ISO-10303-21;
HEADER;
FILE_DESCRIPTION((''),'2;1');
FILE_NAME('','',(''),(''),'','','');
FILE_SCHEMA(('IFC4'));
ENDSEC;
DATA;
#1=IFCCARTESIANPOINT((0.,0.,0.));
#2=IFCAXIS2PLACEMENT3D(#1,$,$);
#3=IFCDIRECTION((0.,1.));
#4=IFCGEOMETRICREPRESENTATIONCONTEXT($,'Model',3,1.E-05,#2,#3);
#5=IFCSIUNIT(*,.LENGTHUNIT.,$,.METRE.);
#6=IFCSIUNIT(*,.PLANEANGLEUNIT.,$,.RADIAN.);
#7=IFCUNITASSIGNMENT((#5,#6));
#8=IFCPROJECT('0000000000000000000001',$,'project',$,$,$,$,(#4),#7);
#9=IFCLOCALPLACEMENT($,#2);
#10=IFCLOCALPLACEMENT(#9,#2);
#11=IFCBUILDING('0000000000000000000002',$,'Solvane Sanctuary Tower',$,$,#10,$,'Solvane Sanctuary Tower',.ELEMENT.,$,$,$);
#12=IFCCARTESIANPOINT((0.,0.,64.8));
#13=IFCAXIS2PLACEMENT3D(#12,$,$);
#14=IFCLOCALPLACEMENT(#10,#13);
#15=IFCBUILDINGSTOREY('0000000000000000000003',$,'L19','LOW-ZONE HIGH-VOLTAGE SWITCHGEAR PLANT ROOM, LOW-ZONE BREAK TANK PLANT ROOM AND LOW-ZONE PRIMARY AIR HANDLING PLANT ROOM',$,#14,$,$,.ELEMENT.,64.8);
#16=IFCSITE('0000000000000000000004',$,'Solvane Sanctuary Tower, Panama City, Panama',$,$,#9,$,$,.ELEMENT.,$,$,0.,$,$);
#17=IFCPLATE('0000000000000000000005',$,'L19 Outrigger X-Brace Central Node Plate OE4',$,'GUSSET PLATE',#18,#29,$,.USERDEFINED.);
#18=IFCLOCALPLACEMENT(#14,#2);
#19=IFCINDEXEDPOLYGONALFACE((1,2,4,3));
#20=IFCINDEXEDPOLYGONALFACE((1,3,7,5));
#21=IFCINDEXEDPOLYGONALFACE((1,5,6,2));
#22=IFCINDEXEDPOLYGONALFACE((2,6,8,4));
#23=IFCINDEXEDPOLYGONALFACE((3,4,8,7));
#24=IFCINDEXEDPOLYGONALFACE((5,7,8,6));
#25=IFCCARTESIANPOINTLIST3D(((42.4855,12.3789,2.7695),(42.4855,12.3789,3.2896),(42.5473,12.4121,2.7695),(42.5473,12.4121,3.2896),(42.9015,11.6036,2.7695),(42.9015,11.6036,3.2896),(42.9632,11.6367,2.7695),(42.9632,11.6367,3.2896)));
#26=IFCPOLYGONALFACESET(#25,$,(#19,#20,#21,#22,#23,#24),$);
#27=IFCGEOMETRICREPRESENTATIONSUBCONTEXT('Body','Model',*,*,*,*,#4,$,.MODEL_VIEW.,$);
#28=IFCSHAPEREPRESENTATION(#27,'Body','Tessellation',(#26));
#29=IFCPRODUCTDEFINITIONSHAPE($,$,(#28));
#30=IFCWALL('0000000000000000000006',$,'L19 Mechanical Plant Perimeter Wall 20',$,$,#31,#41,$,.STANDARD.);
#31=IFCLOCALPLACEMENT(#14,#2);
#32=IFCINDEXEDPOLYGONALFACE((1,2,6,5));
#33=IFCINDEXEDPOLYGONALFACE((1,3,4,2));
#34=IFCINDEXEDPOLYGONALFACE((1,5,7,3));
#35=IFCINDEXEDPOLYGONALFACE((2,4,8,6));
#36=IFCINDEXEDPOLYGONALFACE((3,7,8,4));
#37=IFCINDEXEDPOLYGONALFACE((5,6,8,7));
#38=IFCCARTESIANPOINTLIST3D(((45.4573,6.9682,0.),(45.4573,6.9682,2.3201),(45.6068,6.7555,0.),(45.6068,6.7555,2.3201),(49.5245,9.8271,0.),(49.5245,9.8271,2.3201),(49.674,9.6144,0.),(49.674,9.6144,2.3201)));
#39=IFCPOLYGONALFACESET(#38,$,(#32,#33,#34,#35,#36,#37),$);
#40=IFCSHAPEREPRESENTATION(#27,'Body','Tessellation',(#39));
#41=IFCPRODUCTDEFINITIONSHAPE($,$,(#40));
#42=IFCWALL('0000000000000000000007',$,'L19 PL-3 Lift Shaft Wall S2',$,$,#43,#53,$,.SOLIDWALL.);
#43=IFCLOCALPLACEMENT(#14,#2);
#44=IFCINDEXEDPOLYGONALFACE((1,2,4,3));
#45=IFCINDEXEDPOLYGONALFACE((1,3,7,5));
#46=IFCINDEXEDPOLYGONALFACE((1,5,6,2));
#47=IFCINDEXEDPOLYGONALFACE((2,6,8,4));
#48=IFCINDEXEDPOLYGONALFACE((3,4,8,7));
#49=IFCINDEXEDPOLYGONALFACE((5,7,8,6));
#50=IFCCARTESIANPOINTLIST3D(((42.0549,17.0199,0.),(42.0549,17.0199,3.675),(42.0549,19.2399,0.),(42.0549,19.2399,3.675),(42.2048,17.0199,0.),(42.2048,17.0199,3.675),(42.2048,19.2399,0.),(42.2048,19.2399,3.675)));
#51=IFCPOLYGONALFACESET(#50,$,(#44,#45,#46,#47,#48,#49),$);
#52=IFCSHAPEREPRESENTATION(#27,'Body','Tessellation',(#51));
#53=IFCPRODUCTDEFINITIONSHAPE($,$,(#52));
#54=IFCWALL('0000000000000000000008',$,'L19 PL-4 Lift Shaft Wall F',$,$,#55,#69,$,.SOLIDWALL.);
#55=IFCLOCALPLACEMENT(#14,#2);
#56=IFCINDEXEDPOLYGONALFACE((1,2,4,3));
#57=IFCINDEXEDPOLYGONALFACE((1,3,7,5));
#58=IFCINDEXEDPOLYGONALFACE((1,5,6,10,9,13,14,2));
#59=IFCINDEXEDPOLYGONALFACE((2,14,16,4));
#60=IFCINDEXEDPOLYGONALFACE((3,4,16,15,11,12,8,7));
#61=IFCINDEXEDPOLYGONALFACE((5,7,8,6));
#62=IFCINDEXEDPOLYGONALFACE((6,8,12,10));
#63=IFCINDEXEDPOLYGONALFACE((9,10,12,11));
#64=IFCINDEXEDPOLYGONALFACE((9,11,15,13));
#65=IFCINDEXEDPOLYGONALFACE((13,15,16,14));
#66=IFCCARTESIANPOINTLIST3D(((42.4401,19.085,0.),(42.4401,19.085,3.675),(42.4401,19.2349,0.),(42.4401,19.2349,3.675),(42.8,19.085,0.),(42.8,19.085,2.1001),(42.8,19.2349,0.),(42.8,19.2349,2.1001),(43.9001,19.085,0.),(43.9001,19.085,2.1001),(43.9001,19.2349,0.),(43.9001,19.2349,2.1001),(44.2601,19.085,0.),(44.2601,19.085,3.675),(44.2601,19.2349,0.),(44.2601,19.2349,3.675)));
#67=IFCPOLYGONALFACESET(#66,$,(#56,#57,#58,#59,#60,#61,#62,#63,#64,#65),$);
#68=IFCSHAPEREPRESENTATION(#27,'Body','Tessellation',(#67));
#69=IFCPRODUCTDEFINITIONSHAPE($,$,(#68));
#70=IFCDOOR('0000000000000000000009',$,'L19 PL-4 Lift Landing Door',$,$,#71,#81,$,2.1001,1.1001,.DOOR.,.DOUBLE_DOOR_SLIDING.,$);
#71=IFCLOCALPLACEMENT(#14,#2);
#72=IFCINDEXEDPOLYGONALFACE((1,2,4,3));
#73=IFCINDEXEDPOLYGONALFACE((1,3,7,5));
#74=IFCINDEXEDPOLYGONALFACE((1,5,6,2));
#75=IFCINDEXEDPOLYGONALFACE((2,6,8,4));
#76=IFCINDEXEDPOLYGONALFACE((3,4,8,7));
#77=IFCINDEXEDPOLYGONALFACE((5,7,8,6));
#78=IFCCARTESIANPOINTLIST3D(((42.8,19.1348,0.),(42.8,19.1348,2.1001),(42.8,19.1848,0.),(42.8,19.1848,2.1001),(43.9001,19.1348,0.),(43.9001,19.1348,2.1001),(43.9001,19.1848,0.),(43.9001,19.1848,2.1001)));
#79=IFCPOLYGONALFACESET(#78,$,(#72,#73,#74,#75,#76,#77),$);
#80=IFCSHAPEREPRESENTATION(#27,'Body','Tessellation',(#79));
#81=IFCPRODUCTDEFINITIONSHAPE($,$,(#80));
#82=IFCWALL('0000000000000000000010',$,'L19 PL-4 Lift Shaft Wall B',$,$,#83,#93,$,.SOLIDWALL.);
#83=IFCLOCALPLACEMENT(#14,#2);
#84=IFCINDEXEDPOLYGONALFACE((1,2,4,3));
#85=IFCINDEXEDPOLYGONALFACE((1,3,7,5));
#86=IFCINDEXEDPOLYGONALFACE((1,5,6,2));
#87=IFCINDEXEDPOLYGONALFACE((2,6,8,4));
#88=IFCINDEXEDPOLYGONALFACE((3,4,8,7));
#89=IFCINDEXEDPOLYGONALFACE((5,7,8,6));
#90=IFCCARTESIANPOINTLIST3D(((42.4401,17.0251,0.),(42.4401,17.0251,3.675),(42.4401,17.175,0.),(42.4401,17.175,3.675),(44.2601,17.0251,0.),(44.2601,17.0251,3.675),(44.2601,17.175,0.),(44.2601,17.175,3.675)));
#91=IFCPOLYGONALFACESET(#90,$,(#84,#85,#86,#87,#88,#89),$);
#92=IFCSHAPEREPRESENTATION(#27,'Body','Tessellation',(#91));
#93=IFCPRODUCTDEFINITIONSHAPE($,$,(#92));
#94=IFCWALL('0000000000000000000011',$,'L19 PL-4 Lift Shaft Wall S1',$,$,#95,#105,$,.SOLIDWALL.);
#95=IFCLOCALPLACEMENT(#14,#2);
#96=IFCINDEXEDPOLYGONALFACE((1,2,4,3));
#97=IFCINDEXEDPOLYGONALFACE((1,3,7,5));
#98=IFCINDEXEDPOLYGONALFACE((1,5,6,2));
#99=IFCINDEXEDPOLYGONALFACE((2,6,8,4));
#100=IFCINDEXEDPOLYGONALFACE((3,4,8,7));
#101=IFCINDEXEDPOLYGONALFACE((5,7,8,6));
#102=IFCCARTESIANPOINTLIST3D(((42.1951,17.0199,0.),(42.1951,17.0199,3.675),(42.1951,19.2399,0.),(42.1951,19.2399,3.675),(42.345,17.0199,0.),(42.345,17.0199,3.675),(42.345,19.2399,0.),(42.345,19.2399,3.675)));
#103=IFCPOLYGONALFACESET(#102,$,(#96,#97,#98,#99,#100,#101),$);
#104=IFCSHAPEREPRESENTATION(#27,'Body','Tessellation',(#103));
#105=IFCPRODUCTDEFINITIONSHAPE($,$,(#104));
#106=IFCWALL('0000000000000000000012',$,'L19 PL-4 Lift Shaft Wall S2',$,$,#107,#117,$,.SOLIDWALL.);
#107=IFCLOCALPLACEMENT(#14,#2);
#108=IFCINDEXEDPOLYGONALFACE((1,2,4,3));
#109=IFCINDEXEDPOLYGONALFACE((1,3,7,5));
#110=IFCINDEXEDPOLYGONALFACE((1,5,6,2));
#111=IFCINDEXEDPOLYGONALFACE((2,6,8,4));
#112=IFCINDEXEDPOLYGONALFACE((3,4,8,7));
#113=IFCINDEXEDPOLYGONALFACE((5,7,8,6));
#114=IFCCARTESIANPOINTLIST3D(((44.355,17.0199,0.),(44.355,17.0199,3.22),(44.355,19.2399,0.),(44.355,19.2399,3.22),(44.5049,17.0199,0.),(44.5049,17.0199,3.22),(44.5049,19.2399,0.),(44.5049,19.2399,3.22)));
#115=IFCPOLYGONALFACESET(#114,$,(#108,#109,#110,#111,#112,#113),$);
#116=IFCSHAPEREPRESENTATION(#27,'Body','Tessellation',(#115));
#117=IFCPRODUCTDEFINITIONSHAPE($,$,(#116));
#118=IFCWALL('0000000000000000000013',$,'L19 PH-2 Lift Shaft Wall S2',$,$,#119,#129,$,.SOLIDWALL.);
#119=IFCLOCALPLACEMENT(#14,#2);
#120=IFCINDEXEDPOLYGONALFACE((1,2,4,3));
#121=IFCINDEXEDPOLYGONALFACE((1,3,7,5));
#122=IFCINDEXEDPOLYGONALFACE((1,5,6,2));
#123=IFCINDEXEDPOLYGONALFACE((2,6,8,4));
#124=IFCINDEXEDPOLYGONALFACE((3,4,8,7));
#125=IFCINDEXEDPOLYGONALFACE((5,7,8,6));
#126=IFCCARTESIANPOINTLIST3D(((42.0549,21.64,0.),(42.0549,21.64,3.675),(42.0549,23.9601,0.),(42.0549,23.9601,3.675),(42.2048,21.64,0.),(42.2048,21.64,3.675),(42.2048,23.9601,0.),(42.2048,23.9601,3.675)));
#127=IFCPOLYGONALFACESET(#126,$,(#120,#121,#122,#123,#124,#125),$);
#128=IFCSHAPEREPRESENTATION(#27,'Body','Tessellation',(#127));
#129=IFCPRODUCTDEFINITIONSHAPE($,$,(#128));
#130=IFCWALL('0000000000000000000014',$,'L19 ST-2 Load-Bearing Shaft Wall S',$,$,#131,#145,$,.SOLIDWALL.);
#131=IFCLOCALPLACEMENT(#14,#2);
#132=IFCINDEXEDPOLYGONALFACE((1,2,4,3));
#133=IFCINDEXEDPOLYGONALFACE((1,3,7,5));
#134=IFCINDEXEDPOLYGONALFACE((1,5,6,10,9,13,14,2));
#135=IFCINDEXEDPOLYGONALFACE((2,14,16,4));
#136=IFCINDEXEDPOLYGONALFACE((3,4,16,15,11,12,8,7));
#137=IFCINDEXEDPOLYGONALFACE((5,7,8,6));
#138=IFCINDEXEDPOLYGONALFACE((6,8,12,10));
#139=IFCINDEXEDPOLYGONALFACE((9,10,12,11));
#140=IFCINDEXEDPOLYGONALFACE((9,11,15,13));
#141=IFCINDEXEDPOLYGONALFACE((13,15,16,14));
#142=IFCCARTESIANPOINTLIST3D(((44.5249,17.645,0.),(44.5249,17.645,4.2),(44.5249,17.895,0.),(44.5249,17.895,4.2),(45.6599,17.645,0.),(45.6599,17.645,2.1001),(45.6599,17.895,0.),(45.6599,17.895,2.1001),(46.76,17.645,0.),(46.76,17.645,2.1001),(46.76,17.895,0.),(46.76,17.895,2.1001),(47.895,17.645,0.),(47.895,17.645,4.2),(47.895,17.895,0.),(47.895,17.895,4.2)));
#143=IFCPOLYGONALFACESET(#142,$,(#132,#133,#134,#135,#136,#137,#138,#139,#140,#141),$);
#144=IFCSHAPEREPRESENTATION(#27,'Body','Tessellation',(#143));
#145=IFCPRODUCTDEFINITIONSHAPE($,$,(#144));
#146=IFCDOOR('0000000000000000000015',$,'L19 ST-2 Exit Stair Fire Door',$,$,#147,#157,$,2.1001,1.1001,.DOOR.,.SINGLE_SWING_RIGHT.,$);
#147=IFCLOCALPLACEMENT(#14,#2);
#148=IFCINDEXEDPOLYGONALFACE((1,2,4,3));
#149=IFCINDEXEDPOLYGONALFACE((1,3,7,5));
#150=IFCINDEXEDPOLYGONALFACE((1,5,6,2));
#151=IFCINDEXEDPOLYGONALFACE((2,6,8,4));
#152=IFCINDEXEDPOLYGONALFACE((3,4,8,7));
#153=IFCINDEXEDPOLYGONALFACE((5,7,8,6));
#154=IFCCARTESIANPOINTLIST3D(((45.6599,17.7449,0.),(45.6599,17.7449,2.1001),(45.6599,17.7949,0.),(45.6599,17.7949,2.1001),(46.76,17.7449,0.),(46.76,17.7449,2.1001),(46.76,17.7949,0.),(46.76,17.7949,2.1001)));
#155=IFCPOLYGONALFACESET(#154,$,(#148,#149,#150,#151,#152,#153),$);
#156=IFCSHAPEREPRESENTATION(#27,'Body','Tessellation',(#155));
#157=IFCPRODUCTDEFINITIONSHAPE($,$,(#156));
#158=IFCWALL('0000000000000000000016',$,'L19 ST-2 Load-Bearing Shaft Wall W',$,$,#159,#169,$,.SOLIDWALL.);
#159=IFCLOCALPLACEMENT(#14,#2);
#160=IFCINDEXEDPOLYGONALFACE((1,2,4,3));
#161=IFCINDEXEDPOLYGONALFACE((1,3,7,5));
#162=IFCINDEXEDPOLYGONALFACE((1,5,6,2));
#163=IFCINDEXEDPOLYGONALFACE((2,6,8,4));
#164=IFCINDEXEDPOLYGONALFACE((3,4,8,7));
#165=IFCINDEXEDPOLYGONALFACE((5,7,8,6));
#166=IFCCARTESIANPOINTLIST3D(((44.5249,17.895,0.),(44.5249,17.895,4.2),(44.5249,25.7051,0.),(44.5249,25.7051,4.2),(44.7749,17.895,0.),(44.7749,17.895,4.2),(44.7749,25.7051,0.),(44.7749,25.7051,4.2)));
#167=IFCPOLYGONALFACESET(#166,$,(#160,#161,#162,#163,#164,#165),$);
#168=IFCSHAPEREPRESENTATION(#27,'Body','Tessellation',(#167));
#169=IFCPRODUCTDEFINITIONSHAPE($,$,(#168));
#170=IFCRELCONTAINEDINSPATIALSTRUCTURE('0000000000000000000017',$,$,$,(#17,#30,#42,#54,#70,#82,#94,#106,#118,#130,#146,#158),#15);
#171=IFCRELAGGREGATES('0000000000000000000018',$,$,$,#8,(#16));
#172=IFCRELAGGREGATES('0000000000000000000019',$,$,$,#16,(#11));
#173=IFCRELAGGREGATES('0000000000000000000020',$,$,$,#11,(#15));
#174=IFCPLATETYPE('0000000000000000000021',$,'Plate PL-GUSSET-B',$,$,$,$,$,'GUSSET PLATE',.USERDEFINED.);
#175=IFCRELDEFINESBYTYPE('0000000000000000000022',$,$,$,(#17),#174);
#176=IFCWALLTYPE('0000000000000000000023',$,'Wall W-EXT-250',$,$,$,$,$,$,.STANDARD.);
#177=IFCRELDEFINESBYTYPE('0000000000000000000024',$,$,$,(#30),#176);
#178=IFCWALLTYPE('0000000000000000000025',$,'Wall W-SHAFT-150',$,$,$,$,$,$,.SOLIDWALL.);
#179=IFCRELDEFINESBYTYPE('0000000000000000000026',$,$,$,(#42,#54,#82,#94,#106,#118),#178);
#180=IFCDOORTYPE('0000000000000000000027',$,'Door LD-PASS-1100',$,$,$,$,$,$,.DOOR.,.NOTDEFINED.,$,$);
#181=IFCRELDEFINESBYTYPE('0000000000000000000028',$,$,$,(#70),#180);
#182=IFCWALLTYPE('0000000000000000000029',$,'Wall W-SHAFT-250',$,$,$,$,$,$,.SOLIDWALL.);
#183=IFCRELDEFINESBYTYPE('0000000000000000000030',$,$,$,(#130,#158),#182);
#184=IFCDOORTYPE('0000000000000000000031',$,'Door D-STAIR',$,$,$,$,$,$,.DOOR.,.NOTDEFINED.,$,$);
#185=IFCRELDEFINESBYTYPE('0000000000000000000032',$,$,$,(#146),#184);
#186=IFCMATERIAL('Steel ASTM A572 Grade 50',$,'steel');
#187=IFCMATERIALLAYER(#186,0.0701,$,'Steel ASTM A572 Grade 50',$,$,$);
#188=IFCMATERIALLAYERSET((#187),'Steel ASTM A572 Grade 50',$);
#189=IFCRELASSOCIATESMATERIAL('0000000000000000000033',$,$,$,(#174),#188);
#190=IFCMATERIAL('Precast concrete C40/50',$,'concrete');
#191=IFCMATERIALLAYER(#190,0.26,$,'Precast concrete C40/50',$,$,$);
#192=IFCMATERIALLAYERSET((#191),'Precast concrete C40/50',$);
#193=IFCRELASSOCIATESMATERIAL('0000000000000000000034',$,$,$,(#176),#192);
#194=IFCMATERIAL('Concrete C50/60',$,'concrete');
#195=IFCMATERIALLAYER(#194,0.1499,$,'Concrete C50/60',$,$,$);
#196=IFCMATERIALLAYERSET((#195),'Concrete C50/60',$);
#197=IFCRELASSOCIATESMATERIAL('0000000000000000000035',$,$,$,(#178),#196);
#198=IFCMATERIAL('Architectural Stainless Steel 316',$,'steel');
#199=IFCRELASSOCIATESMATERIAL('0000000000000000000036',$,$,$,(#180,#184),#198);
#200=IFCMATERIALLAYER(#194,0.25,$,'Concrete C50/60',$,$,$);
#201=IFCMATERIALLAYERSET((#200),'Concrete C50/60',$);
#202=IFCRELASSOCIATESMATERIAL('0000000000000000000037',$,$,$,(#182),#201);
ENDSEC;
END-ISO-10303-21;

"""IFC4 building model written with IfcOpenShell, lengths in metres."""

from ifc_helpers import new_model, si_unit, direction, frame, frame_2d, origin, origin_2d, place, context, subcontext, project, spatial, rectangle, extrude, material, layer, layer_set, type_object, element, fill, save


model = new_model("IFC4")

# Units and contexts
model_context = context("Model", 3, precision=1e-05, world=origin(), true_north=direction((0.0, 1.0)))
body_context = subcontext(model_context, "Body", "Model", "MODEL_VIEW")
ifc_project = project(units=[si_unit("LENGTHUNIT", "METRE"), si_unit("PLANEANGLEUNIT", "RADIAN")], contexts=[model_context])

# Site, building, storey
site_placement = place(None, origin())
site = spatial("IfcSite", under=ifc_project, at=site_placement, Name="Solvane Sanctuary Tower, Panama City, Panama", CompositionType="ELEMENT", RefElevation=0.0)
building_placement = place(site_placement, origin())
building = spatial("IfcBuilding", under=site, at=building_placement, Name="Solvane Sanctuary Tower", LongName="Solvane Sanctuary Tower", CompositionType="ELEMENT")
storey_placement = place(building_placement, frame((0.0, 0.0, 64.8)))
storey = spatial("IfcBuildingStorey", under=building, at=storey_placement, Name="L19", Description="LOW-ZONE HIGH-VOLTAGE SWITCHGEAR PLANT ROOM, LOW-ZONE BREAK TANK PLANT ROOM AND LOW-ZONE PRIMARY AIR HANDLING PLANT ROOM", CompositionType="ELEMENT", Elevation=64.8)

# Plate
ifc_material_1 = material(Name="Steel ASTM A572 Grade 50", Category="steel")
ifc_layer_1 = layer(ifc_material_1, 0.0701, Name="Steel ASTM A572 Grade 50")
ifc_layer_set_1 = layer_set([ifc_layer_1], Name="Steel ASTM A572 Grade 50")
plate_type = type_object("IfcPlateType", Name="Plate PL-GUSSET-B", ElementType="GUSSET PLATE", PredefinedType="USERDEFINED", material=ifc_layer_set_1)
plate_placement = place(storey_placement, frame((42.7244, 12.0078, 2.7695), z_axis=(0.0, 0.0, 1.0), x_axis=(0.472705, -0.881221, 0.0)))
element("IfcPlate", 1, at=plate_placement, inside=storey, type_object=plate_type, Name="L19 Outrigger X-Brace Central Node Plate OE4", ObjectType="GUSSET PLATE", PredefinedType="USERDEFINED", context=body_context, shape_type="SweptSolid", body=[
    extrude(rectangle(XDim=0.8799, YDim=0.0701, at=origin_2d()), origin(), (0.0, 0.0, 1.0), 0.52),
])

# Walls
ifc_material_2 = material(Name="Precast concrete C40/50", Category="concrete")
ifc_layer_2 = layer(ifc_material_2, 0.26, Name="Precast concrete C40/50")
ifc_layer_set_2 = layer_set([ifc_layer_2], Name="Precast concrete C40/50")
wall_type_1 = type_object("IfcWallType", Name="Wall W-EXT-250", PredefinedType="STANDARD", material=ifc_layer_set_2)
wall_1_placement = place(storey_placement, frame((45.532, 6.8618, 0.0), z_axis=(0.0, 0.0, 1.0), x_axis=(0.818107, 0.575066, 0.0)))
element("IfcWall", 2, at=wall_1_placement, inside=storey, type_object=wall_type_1, Name="L19 Mechanical Plant Perimeter Wall 20", PredefinedType="STANDARD", context=body_context, shape_type="SweptSolid", body=[
    extrude(rectangle(XDim=4.9714, YDim=0.26, at=frame_2d((2.4858, 0.0))), origin(), (0.0, 0.0, 1.0), 2.3201),
])
ifc_material_3 = material(Name="Concrete C50/60", Category="concrete")
ifc_layer_3 = layer(ifc_material_3, 0.1499, Name="Concrete C50/60")
ifc_layer_set_3 = layer_set([ifc_layer_3], Name="Concrete C50/60")
wall_type_2 = type_object("IfcWallType", Name="Wall W-SHAFT-150", PredefinedType="SOLIDWALL", material=ifc_layer_set_3)
wall_2_placement = place(storey_placement, frame((42.1299, 17.02, 0.0), z_axis=(0.0, 0.0, 1.0), x_axis=(0.0, 1.0, 0.0)))
element("IfcWall", 3, at=wall_2_placement, inside=storey, type_object=wall_type_2, Name="L19 PL-3 Lift Shaft Wall S2", PredefinedType="SOLIDWALL", context=body_context, shape_type="SweptSolid", body=[
    extrude(rectangle(XDim=2.22, YDim=0.1499, at=frame_2d((1.1099, 0.0))), origin(), (0.0, 0.0, 1.0), 3.675),
])

# Wall, opening, door
wall_3_placement = place(storey_placement, frame((42.4399, 19.1599, 0.0), z_axis=(0.0, 0.0, 1.0), x_axis=(1.0, 0.0, 0.0)))
wall_3 = element("IfcWall", 4, at=wall_3_placement, inside=storey, type_object=wall_type_2, Name="L19 PL-4 Lift Shaft Wall F", PredefinedType="SOLIDWALL", context=body_context, shape_type="SweptSolid", body=[
    extrude(rectangle(XDim=1.8201, YDim=0.1499, at=frame_2d((0.9102, 0.0))), origin(), (0.0, 0.0, 1.0), 3.675),
])
opening_1_placement = place(wall_3_placement, frame((0.3601, 0.0, 0.0)))
opening_1 = element("IfcOpeningElement", 5, at=opening_1_placement, cuts=wall_3, PredefinedType="OPENING", context=body_context, shape_type="SweptSolid", body=[
    extrude(rectangle(XDim=1.1001, YDim=2.1001, at=frame_2d((0.55, 1.05))), frame((0.0, 0.085, 0.0), z_axis=(0.0, -1.0, 0.0), x_axis=(1.0, 0.0, 0.0)), (0.0, 0.0, 1.0), 0.1699),
])
ifc_material_4 = material(Name="Architectural Stainless Steel 316", Category="steel")
door_type_1 = type_object("IfcDoorType", Name="Door LD-PASS-1100", OperationType="NOTDEFINED", PredefinedType="DOOR", material=ifc_material_4)
door_1_placement = place(opening_1_placement, origin())
door_1 = element("IfcDoor", 6, at=door_1_placement, inside=storey, type_object=door_type_1, Name="L19 PL-4 Lift Landing Door", OperationType="DOUBLE_DOOR_SLIDING", OverallHeight=2.1001, OverallWidth=1.1001, PredefinedType="DOOR", context=body_context, shape_type="SweptSolid", body=[
    extrude(rectangle(XDim=1.1001, YDim=2.1001, at=frame_2d((0.55, 1.05))), frame((0.0, 0.0249, 0.0), z_axis=(0.0, -1.0, 0.0), x_axis=(1.0, 0.0, 0.0)), (0.0, 0.0, 1.0), 0.05),
])
fill(opening_1, door_1)

# Walls
wall_4_placement = place(storey_placement, frame((42.4399, 17.1001, 0.0), z_axis=(0.0, 0.0, 1.0), x_axis=(1.0, 0.0, 0.0)))
element("IfcWall", 7, at=wall_4_placement, inside=storey, type_object=wall_type_2, Name="L19 PL-4 Lift Shaft Wall B", PredefinedType="SOLIDWALL", context=body_context, shape_type="SweptSolid", body=[
    extrude(rectangle(XDim=1.8201, YDim=0.1499, at=frame_2d((0.9102, 0.0))), origin(), (0.0, 0.0, 1.0), 3.675),
])
wall_5_placement = place(storey_placement, frame((42.27, 17.02, 0.0), z_axis=(0.0, 0.0, 1.0), x_axis=(0.0, 1.0, 0.0)))
element("IfcWall", 8, at=wall_5_placement, inside=storey, type_object=wall_type_2, Name="L19 PL-4 Lift Shaft Wall S1", PredefinedType="SOLIDWALL", context=body_context, shape_type="SweptSolid", body=[
    extrude(rectangle(XDim=2.22, YDim=0.1499, at=frame_2d((1.1099, 0.0))), origin(), (0.0, 0.0, 1.0), 3.675),
])
wall_6_placement = place(storey_placement, frame((44.4299, 17.02, 0.0), z_axis=(0.0, 0.0, 1.0), x_axis=(0.0, 1.0, 0.0)))
element("IfcWall", 9, at=wall_6_placement, inside=storey, type_object=wall_type_2, Name="L19 PL-4 Lift Shaft Wall S2", PredefinedType="SOLIDWALL", context=body_context, shape_type="SweptSolid", body=[
    extrude(rectangle(XDim=2.22, YDim=0.1499, at=frame_2d((1.1099, 0.0))), origin(), (0.0, 0.0, 1.0), 3.22),
])
wall_7_placement = place(storey_placement, frame((42.1299, 21.6399, 0.0), z_axis=(0.0, 0.0, 1.0), x_axis=(0.0, 1.0, 0.0)))
element("IfcWall", 10, at=wall_7_placement, inside=storey, type_object=wall_type_2, Name="L19 PH-2 Lift Shaft Wall S2", PredefinedType="SOLIDWALL", context=body_context, shape_type="SweptSolid", body=[
    extrude(rectangle(XDim=2.3201, YDim=0.1499, at=frame_2d((1.1602, 0.0))), origin(), (0.0, 0.0, 1.0), 3.675),
])

# Wall, opening, door
ifc_layer_4 = layer(ifc_material_3, 0.25, Name="Concrete C50/60")
ifc_layer_set_4 = layer_set([ifc_layer_4], Name="Concrete C50/60")
wall_type_3 = type_object("IfcWallType", Name="Wall W-SHAFT-250", PredefinedType="SOLIDWALL", material=ifc_layer_set_4)
wall_8_placement = place(storey_placement, frame((44.5249, 17.77, 0.0), z_axis=(0.0, 0.0, 1.0), x_axis=(1.0, 0.0, 0.0)))
wall_8 = element("IfcWall", 11, at=wall_8_placement, inside=storey, type_object=wall_type_3, Name="L19 ST-2 Load-Bearing Shaft Wall S", PredefinedType="SOLIDWALL", context=body_context, shape_type="SweptSolid", body=[
    extrude(rectangle(XDim=3.3701, YDim=0.25, at=frame_2d((1.6851, 0.0))), origin(), (0.0, 0.0, 1.0), 4.2),
])
opening_2_placement = place(wall_8_placement, frame((1.135, 0.0, 0.0)))
opening_2 = element("IfcOpeningElement", 12, at=opening_2_placement, cuts=wall_8, PredefinedType="OPENING", context=body_context, shape_type="SweptSolid", body=[
    extrude(rectangle(XDim=1.1001, YDim=2.1001, at=frame_2d((0.55, 1.05))), frame((0.0, 0.135, 0.0), z_axis=(0.0, -1.0, 0.0), x_axis=(1.0, 0.0, 0.0)), (0.0, 0.0, 1.0), 0.27),
])
door_type_2 = type_object("IfcDoorType", Name="Door D-STAIR", OperationType="NOTDEFINED", PredefinedType="DOOR", material=ifc_material_4)
door_2_placement = place(opening_2_placement, origin())
door_2 = element("IfcDoor", 13, at=door_2_placement, inside=storey, type_object=door_type_2, Name="L19 ST-2 Exit Stair Fire Door", OperationType="SINGLE_SWING_RIGHT", OverallHeight=2.1001, OverallWidth=1.1001, PredefinedType="DOOR", context=body_context, shape_type="SweptSolid", body=[
    extrude(rectangle(XDim=1.1001, YDim=2.1001, at=frame_2d((0.55, 1.05))), frame((0.0, 0.0249, 0.0), z_axis=(0.0, -1.0, 0.0), x_axis=(1.0, 0.0, 0.0)), (0.0, 0.0, 1.0), 0.05),
])
fill(opening_2, door_2)

# Wall
wall_9_placement = place(storey_placement, frame((44.6499, 17.895, 0.0), z_axis=(0.0, 0.0, 1.0), x_axis=(0.0, 1.0, 0.0)))
element("IfcWall", 14, at=wall_9_placement, inside=storey, type_object=wall_type_3, Name="L19 ST-2 Load-Bearing Shaft Wall W", PredefinedType="SOLIDWALL", context=body_context, shape_type="SweptSolid", body=[
    extrude(rectangle(XDim=7.8101, YDim=0.25, at=frame_2d((3.905, 0.0))), origin(), (0.0, 0.0, 1.0), 4.2),
])

save(model, "model.ifc")
